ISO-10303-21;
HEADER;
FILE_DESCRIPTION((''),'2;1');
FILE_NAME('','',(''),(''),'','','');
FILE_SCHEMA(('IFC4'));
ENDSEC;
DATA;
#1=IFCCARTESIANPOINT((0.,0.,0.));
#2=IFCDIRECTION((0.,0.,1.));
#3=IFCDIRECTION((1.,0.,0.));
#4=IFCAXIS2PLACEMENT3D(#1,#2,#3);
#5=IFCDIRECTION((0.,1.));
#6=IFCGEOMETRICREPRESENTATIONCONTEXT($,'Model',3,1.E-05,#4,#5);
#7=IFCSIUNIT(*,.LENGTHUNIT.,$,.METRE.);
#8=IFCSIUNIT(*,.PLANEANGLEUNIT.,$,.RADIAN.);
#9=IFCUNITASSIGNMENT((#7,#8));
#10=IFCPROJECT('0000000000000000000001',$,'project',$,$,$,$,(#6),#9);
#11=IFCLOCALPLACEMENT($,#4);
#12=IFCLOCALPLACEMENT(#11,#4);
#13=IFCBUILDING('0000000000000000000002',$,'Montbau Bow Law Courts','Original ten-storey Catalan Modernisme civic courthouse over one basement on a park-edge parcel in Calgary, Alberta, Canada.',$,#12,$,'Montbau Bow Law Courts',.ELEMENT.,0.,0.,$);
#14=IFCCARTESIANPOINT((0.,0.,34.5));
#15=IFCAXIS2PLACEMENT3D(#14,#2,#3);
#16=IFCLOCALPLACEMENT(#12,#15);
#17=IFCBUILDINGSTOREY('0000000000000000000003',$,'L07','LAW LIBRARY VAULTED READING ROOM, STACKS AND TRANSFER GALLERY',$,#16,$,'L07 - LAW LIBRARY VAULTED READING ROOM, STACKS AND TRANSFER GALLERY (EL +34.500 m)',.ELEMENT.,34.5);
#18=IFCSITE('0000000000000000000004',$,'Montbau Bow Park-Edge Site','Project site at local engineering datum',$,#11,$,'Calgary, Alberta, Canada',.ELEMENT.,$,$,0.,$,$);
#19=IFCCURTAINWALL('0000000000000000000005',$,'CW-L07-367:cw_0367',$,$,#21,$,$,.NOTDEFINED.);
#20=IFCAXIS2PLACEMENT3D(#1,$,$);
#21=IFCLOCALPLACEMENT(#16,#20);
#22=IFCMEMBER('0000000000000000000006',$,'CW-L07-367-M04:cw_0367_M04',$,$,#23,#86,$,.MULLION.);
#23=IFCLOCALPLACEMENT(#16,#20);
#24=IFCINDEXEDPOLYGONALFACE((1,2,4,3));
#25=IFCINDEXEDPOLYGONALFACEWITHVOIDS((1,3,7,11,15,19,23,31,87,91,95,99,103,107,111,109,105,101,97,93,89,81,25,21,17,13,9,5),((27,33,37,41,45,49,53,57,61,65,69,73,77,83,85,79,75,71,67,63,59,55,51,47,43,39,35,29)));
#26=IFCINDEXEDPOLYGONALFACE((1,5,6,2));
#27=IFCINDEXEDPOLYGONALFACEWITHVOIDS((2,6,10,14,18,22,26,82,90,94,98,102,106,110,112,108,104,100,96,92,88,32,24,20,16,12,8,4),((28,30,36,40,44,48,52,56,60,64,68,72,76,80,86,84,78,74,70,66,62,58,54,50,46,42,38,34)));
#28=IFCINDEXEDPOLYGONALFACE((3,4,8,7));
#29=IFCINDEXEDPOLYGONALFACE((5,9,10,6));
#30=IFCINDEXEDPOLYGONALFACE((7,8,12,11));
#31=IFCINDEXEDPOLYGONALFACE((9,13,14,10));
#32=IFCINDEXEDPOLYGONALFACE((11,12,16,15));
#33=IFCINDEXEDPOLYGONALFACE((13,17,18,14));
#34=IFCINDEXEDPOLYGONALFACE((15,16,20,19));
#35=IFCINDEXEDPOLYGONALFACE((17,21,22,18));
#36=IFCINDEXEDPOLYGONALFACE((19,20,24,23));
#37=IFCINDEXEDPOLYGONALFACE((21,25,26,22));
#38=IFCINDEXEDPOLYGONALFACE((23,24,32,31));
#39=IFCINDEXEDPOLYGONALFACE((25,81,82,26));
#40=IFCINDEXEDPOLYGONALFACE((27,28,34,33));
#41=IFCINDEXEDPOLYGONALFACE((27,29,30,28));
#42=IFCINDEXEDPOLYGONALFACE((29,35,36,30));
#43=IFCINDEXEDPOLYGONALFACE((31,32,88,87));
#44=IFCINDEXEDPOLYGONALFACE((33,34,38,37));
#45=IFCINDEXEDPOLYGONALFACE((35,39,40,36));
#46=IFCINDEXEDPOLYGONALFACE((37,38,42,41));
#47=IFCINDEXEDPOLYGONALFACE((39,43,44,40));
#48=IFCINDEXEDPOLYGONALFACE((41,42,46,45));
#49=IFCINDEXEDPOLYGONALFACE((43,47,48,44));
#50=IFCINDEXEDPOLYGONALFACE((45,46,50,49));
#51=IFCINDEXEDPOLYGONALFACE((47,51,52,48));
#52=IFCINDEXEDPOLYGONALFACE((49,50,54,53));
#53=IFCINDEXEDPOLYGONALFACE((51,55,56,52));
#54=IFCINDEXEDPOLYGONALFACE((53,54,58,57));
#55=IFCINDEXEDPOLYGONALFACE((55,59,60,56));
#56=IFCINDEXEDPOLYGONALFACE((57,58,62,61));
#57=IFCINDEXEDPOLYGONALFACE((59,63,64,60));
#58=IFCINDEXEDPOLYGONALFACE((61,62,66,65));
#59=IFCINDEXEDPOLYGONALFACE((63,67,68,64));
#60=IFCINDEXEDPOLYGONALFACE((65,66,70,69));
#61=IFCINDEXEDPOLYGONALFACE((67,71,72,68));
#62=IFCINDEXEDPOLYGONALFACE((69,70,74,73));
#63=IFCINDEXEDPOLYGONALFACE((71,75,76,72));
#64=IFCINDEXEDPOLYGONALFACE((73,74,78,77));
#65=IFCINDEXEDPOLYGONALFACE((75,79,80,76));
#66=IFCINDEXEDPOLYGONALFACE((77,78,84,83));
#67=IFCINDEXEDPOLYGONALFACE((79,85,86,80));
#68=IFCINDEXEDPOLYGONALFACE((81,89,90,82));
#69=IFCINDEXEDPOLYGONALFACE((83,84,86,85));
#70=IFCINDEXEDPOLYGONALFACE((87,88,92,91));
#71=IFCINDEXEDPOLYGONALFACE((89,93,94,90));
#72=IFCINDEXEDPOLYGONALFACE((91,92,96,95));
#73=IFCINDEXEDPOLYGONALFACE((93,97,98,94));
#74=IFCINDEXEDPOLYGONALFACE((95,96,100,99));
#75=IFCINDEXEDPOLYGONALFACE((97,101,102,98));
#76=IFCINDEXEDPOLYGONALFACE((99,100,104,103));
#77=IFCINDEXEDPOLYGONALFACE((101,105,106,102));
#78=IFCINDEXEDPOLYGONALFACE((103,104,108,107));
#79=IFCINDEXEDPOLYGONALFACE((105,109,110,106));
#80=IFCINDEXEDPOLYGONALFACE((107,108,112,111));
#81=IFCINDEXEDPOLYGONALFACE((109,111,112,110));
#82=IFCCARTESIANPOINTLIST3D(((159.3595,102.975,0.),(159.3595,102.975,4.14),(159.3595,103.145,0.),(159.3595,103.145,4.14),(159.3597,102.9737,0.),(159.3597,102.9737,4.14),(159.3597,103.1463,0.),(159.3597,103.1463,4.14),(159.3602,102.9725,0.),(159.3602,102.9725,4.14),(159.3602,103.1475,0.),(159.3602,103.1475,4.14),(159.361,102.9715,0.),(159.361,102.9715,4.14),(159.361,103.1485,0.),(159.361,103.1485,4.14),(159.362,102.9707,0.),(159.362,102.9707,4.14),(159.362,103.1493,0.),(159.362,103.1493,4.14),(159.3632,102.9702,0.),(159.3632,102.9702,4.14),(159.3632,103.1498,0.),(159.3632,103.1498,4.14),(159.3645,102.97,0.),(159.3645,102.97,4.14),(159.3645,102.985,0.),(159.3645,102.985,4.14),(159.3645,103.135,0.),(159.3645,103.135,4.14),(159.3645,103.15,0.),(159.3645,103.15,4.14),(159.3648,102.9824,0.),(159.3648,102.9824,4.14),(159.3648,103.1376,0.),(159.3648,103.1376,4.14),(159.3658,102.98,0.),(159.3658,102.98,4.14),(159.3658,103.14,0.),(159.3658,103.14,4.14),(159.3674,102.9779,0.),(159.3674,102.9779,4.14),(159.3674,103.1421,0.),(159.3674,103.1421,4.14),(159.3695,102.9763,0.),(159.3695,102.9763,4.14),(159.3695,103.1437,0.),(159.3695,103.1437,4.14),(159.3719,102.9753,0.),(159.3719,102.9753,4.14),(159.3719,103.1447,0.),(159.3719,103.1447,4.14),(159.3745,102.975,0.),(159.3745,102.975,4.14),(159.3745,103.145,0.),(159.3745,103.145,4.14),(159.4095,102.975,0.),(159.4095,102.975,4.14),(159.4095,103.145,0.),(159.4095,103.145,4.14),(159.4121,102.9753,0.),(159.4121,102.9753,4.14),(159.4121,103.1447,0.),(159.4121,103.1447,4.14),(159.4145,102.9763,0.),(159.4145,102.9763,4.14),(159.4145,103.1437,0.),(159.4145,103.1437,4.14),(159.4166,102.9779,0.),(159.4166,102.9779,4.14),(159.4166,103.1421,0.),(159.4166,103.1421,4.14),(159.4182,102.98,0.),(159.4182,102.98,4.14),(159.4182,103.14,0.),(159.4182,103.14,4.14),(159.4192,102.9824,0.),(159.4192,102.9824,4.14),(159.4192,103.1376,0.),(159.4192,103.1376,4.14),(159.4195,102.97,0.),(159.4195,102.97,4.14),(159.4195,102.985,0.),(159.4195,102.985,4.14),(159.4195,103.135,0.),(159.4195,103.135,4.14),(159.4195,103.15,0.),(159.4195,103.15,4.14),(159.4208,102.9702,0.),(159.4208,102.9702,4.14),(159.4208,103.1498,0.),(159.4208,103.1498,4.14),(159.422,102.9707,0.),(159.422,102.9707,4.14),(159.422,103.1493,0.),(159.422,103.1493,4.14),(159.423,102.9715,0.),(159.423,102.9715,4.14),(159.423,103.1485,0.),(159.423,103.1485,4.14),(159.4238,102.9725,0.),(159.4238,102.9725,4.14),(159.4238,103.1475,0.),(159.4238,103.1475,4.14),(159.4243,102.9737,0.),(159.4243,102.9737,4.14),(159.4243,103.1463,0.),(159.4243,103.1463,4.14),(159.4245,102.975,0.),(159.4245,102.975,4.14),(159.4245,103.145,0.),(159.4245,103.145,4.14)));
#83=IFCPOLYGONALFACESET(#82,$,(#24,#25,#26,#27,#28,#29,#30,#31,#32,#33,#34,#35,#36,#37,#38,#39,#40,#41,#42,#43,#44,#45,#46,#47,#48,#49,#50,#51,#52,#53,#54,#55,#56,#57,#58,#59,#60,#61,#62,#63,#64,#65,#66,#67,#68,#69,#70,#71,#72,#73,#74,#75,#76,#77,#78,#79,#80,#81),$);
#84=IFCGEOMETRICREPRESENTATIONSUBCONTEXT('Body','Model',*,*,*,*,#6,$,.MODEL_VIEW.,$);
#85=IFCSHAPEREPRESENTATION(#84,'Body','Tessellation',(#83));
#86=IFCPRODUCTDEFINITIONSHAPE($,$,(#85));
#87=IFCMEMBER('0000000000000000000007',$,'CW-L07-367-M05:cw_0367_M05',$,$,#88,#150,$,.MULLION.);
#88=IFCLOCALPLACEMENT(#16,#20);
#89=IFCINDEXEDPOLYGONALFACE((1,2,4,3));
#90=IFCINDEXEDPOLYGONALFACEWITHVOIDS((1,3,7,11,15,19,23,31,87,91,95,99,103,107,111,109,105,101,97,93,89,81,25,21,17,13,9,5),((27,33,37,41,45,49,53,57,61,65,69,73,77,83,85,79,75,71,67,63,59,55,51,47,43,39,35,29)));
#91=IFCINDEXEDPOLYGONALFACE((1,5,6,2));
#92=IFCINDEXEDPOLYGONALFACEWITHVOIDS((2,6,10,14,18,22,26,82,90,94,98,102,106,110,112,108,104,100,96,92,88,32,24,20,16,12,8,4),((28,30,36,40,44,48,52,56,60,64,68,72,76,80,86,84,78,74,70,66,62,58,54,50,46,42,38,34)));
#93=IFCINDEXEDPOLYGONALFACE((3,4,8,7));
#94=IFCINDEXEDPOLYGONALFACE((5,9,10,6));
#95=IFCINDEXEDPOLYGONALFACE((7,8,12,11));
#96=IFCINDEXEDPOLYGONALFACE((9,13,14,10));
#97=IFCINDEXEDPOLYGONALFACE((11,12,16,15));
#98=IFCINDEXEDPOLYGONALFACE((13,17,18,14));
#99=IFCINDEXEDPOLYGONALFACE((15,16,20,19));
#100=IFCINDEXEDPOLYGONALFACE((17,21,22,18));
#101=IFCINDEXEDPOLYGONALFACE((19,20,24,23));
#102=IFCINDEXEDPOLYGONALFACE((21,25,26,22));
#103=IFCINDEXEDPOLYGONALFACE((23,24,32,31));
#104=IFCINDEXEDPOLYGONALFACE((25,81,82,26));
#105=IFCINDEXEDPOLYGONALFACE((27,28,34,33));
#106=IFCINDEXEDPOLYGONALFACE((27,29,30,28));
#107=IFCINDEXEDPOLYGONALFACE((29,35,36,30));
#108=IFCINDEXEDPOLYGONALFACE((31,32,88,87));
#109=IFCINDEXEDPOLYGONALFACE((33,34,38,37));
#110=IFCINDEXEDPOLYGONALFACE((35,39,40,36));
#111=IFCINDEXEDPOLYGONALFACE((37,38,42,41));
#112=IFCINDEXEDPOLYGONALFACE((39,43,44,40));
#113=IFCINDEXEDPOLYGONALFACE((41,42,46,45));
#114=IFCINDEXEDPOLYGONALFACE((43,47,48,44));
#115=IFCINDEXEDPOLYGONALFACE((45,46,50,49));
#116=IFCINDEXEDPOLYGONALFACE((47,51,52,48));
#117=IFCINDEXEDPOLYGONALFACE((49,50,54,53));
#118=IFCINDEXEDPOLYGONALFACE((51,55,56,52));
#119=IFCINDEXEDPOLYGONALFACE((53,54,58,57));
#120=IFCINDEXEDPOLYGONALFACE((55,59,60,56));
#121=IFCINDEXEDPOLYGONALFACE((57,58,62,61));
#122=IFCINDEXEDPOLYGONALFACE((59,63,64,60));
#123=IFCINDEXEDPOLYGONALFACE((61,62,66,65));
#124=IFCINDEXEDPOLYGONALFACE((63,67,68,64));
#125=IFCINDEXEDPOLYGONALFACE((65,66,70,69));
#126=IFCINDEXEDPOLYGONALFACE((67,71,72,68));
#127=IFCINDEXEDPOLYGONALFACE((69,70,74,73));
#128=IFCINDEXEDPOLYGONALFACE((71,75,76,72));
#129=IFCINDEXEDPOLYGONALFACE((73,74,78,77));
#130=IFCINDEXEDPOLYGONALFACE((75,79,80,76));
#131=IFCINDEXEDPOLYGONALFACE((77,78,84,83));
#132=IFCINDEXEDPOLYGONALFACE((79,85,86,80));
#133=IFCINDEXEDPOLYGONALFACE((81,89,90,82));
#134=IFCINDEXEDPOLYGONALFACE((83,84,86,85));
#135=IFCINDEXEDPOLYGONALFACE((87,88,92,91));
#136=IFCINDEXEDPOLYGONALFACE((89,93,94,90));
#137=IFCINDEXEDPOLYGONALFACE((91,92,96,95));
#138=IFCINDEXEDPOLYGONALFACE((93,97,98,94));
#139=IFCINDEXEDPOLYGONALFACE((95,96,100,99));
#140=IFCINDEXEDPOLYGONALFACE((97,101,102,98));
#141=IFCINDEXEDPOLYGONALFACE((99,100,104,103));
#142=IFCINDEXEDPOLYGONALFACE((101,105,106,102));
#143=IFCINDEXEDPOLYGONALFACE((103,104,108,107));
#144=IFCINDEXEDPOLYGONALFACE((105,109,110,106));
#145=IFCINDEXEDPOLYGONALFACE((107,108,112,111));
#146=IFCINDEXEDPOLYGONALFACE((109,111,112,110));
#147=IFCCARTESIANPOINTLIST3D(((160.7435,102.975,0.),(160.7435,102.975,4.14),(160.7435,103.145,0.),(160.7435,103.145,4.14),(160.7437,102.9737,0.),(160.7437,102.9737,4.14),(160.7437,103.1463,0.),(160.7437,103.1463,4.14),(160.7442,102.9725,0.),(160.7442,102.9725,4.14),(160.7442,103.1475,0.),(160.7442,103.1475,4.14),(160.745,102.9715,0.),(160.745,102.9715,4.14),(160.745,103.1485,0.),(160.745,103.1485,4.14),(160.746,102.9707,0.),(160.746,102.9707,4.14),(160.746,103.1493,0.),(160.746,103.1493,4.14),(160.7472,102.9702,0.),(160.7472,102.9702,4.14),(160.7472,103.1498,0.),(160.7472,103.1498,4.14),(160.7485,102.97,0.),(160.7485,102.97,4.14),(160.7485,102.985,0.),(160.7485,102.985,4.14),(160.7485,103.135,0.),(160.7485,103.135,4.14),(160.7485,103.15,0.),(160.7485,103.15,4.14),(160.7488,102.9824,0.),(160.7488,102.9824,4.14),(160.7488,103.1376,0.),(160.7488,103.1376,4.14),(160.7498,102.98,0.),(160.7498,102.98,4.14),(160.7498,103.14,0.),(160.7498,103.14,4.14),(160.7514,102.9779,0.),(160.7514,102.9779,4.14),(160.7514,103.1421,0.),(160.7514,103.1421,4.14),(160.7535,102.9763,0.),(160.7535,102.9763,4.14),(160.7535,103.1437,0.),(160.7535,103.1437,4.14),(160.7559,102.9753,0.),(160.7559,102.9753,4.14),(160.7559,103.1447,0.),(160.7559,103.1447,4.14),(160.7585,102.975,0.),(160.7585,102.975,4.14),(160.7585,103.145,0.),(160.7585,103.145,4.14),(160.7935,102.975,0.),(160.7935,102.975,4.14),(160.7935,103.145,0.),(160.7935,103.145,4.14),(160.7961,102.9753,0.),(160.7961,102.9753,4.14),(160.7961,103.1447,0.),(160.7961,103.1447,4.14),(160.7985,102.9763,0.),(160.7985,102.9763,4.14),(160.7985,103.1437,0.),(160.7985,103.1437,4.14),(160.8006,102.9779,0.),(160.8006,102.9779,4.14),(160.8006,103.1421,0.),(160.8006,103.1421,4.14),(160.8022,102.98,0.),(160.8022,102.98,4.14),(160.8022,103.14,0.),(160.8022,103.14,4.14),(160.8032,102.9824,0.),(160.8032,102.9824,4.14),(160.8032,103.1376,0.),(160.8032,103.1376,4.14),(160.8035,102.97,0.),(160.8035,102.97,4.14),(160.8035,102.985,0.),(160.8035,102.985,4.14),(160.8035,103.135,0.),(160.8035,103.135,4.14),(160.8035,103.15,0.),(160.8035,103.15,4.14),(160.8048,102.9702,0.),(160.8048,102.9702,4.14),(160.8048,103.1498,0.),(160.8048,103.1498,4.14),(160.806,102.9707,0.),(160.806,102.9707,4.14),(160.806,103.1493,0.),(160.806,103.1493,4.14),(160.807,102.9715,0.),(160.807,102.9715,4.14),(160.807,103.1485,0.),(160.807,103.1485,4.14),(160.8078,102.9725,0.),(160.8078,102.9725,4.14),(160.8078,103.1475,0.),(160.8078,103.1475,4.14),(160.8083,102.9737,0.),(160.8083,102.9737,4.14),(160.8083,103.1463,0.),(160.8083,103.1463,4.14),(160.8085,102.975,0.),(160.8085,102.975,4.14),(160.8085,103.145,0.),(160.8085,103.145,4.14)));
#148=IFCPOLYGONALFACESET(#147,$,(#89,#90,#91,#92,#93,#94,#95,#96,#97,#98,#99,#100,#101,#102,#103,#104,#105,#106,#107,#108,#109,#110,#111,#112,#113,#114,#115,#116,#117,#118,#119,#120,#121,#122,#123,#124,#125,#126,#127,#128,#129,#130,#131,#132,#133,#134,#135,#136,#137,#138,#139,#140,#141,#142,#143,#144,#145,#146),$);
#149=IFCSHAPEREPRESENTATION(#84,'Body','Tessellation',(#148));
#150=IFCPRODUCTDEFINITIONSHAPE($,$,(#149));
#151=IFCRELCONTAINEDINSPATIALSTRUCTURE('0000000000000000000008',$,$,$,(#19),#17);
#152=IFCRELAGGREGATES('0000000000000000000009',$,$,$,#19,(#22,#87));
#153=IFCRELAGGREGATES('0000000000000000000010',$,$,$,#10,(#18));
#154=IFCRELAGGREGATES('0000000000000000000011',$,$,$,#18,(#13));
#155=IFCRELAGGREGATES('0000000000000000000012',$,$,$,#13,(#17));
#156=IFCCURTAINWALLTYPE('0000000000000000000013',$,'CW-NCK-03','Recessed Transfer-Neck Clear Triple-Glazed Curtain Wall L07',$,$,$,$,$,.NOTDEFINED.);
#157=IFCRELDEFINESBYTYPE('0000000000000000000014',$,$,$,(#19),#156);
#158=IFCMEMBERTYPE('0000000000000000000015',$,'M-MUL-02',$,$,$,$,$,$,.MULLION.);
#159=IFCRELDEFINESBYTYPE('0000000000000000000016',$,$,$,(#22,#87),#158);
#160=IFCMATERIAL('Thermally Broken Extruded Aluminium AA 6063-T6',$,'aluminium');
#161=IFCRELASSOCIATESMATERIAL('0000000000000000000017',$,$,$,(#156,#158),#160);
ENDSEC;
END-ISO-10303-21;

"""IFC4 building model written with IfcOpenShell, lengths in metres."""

from ifc_helpers import new_model, si_unit, direction, frame, origin_with_axes, origin_2d_with_axis, place, context, subcontext, project, spatial, hollow_rectangle, extrude, material, material_profile, profile_set, type_object, element, aggregate, save


model = new_model("IFC4")

# Units and contexts
model_context = context("Model", 3, precision=1e-05, world=origin_with_axes(), true_north=direction((0.0, 1.0)))
body_context = subcontext(model_context, "Body", "Model", "MODEL_VIEW")
ifc_project = project(units=[si_unit("LENGTHUNIT", "METRE"), si_unit("PLANEANGLEUNIT", "RADIAN")], contexts=[model_context])

# Site, building, storey
site_placement = place(None, origin_with_axes())
site = spatial("IfcSite", under=ifc_project, at=site_placement, Name="Montbau Bow Park-Edge Site", Description="Project site at local engineering datum", LongName="Calgary, Alberta, Canada", CompositionType="ELEMENT", RefElevation=0.0)
building_placement = place(site_placement, origin_with_axes())
building = spatial("IfcBuilding", under=site, at=building_placement, Name="Montbau Bow Law Courts", Description="Original ten-storey Catalan Modernisme civic courthouse over one basement on a park-edge parcel in Calgary, Alberta, Canada.", LongName="Montbau Bow Law Courts", CompositionType="ELEMENT", ElevationOfRefHeight=0.0, ElevationOfTerrain=0.0)
storey_placement = place(building_placement, frame((0.0, 0.0, 34.5), z_axis=(0.0, 0.0, 1.0), x_axis=(1.0, 0.0, 0.0)))
storey = spatial("IfcBuildingStorey", under=building, at=storey_placement, Name="L07", Description="LAW LIBRARY VAULTED READING ROOM, STACKS AND TRANSFER GALLERY", LongName="L07 - LAW LIBRARY VAULTED READING ROOM, STACKS AND TRANSFER GALLERY (EL +34.500 m)", CompositionType="ELEMENT", Elevation=34.5)

# Curtain wall, members
ifc_material_1 = material(Name="Thermally Broken Extruded Aluminium AA 6063-T6", Category="aluminium")
curtain_wall_type = type_object("IfcCurtainWallType", Name="CW-NCK-03", Description="Recessed Transfer-Neck Clear Triple-Glazed Curtain Wall L07", PredefinedType="NOTDEFINED", material=ifc_material_1)
curtain_wall_placement = place(None, frame((155.24, 103.06, 34.5), z_axis=(0.0, 0.0, 1.0), x_axis=(1.0, 0.0, 0.0)))
curtain_wall = element("IfcCurtainWall", 1, at=curtain_wall_placement, inside=storey, type_object=curtain_wall_type, Name="CW-L07-367:cw_0367", PredefinedType="NOTDEFINED")
ifc_material_profile_1 = material_profile(ifc_material_1, hollow_rectangle(XDim=0.065, YDim=0.18, WallThickness=0.005, InnerFilletRadius=0.01, OuterFilletRadius=0.005, at=origin_2d_with_axis()), Name="CWM-180X65", Category="Main", Priority=0)
ifc_profile_set_1 = profile_set([ifc_material_profile_1], Name="Thermally Broken Extruded Aluminium AA 6063-T6")
member_type_1 = type_object("IfcMemberType", Name="M-MUL-02", PredefinedType="MULLION", material=ifc_profile_set_1)
member_1_placement = place(None, frame((159.392, 103.06, 34.5), z_axis=(0.0, 0.0, 1.0), x_axis=(1.0, 0.0, 0.0)))
member_1 = element("IfcMember", 2, at=member_1_placement, type_object=member_type_1, Name="CW-L07-367-M04:cw_0367_M04", PredefinedType="MULLION", context=body_context, shape_type="SweptSolid", body=[
    extrude(hollow_rectangle(XDim=0.065, YDim=0.18, WallThickness=0.005, InnerFilletRadius=0.01, OuterFilletRadius=0.005, at=origin_2d_with_axis()), origin_with_axes(), (0.0, 0.0, 1.0), 4.14),
])
member_2_placement = place(None, frame((160.776, 103.06, 34.5), z_axis=(0.0, 0.0, 1.0), x_axis=(1.0, 0.0, 0.0)))
member_2 = element("IfcMember", 3, at=member_2_placement, type_object=member_type_1, Name="CW-L07-367-M05:cw_0367_M05", PredefinedType="MULLION", context=body_context, shape_type="SweptSolid", body=[
    extrude(hollow_rectangle(XDim=0.065, YDim=0.18, WallThickness=0.005, InnerFilletRadius=0.01, OuterFilletRadius=0.005, at=origin_2d_with_axis()), origin_with_axes(), (0.0, 0.0, 1.0), 4.14),
])
aggregate(curtain_wall, [member_1, member_2])

save(model, "model.ifc")
